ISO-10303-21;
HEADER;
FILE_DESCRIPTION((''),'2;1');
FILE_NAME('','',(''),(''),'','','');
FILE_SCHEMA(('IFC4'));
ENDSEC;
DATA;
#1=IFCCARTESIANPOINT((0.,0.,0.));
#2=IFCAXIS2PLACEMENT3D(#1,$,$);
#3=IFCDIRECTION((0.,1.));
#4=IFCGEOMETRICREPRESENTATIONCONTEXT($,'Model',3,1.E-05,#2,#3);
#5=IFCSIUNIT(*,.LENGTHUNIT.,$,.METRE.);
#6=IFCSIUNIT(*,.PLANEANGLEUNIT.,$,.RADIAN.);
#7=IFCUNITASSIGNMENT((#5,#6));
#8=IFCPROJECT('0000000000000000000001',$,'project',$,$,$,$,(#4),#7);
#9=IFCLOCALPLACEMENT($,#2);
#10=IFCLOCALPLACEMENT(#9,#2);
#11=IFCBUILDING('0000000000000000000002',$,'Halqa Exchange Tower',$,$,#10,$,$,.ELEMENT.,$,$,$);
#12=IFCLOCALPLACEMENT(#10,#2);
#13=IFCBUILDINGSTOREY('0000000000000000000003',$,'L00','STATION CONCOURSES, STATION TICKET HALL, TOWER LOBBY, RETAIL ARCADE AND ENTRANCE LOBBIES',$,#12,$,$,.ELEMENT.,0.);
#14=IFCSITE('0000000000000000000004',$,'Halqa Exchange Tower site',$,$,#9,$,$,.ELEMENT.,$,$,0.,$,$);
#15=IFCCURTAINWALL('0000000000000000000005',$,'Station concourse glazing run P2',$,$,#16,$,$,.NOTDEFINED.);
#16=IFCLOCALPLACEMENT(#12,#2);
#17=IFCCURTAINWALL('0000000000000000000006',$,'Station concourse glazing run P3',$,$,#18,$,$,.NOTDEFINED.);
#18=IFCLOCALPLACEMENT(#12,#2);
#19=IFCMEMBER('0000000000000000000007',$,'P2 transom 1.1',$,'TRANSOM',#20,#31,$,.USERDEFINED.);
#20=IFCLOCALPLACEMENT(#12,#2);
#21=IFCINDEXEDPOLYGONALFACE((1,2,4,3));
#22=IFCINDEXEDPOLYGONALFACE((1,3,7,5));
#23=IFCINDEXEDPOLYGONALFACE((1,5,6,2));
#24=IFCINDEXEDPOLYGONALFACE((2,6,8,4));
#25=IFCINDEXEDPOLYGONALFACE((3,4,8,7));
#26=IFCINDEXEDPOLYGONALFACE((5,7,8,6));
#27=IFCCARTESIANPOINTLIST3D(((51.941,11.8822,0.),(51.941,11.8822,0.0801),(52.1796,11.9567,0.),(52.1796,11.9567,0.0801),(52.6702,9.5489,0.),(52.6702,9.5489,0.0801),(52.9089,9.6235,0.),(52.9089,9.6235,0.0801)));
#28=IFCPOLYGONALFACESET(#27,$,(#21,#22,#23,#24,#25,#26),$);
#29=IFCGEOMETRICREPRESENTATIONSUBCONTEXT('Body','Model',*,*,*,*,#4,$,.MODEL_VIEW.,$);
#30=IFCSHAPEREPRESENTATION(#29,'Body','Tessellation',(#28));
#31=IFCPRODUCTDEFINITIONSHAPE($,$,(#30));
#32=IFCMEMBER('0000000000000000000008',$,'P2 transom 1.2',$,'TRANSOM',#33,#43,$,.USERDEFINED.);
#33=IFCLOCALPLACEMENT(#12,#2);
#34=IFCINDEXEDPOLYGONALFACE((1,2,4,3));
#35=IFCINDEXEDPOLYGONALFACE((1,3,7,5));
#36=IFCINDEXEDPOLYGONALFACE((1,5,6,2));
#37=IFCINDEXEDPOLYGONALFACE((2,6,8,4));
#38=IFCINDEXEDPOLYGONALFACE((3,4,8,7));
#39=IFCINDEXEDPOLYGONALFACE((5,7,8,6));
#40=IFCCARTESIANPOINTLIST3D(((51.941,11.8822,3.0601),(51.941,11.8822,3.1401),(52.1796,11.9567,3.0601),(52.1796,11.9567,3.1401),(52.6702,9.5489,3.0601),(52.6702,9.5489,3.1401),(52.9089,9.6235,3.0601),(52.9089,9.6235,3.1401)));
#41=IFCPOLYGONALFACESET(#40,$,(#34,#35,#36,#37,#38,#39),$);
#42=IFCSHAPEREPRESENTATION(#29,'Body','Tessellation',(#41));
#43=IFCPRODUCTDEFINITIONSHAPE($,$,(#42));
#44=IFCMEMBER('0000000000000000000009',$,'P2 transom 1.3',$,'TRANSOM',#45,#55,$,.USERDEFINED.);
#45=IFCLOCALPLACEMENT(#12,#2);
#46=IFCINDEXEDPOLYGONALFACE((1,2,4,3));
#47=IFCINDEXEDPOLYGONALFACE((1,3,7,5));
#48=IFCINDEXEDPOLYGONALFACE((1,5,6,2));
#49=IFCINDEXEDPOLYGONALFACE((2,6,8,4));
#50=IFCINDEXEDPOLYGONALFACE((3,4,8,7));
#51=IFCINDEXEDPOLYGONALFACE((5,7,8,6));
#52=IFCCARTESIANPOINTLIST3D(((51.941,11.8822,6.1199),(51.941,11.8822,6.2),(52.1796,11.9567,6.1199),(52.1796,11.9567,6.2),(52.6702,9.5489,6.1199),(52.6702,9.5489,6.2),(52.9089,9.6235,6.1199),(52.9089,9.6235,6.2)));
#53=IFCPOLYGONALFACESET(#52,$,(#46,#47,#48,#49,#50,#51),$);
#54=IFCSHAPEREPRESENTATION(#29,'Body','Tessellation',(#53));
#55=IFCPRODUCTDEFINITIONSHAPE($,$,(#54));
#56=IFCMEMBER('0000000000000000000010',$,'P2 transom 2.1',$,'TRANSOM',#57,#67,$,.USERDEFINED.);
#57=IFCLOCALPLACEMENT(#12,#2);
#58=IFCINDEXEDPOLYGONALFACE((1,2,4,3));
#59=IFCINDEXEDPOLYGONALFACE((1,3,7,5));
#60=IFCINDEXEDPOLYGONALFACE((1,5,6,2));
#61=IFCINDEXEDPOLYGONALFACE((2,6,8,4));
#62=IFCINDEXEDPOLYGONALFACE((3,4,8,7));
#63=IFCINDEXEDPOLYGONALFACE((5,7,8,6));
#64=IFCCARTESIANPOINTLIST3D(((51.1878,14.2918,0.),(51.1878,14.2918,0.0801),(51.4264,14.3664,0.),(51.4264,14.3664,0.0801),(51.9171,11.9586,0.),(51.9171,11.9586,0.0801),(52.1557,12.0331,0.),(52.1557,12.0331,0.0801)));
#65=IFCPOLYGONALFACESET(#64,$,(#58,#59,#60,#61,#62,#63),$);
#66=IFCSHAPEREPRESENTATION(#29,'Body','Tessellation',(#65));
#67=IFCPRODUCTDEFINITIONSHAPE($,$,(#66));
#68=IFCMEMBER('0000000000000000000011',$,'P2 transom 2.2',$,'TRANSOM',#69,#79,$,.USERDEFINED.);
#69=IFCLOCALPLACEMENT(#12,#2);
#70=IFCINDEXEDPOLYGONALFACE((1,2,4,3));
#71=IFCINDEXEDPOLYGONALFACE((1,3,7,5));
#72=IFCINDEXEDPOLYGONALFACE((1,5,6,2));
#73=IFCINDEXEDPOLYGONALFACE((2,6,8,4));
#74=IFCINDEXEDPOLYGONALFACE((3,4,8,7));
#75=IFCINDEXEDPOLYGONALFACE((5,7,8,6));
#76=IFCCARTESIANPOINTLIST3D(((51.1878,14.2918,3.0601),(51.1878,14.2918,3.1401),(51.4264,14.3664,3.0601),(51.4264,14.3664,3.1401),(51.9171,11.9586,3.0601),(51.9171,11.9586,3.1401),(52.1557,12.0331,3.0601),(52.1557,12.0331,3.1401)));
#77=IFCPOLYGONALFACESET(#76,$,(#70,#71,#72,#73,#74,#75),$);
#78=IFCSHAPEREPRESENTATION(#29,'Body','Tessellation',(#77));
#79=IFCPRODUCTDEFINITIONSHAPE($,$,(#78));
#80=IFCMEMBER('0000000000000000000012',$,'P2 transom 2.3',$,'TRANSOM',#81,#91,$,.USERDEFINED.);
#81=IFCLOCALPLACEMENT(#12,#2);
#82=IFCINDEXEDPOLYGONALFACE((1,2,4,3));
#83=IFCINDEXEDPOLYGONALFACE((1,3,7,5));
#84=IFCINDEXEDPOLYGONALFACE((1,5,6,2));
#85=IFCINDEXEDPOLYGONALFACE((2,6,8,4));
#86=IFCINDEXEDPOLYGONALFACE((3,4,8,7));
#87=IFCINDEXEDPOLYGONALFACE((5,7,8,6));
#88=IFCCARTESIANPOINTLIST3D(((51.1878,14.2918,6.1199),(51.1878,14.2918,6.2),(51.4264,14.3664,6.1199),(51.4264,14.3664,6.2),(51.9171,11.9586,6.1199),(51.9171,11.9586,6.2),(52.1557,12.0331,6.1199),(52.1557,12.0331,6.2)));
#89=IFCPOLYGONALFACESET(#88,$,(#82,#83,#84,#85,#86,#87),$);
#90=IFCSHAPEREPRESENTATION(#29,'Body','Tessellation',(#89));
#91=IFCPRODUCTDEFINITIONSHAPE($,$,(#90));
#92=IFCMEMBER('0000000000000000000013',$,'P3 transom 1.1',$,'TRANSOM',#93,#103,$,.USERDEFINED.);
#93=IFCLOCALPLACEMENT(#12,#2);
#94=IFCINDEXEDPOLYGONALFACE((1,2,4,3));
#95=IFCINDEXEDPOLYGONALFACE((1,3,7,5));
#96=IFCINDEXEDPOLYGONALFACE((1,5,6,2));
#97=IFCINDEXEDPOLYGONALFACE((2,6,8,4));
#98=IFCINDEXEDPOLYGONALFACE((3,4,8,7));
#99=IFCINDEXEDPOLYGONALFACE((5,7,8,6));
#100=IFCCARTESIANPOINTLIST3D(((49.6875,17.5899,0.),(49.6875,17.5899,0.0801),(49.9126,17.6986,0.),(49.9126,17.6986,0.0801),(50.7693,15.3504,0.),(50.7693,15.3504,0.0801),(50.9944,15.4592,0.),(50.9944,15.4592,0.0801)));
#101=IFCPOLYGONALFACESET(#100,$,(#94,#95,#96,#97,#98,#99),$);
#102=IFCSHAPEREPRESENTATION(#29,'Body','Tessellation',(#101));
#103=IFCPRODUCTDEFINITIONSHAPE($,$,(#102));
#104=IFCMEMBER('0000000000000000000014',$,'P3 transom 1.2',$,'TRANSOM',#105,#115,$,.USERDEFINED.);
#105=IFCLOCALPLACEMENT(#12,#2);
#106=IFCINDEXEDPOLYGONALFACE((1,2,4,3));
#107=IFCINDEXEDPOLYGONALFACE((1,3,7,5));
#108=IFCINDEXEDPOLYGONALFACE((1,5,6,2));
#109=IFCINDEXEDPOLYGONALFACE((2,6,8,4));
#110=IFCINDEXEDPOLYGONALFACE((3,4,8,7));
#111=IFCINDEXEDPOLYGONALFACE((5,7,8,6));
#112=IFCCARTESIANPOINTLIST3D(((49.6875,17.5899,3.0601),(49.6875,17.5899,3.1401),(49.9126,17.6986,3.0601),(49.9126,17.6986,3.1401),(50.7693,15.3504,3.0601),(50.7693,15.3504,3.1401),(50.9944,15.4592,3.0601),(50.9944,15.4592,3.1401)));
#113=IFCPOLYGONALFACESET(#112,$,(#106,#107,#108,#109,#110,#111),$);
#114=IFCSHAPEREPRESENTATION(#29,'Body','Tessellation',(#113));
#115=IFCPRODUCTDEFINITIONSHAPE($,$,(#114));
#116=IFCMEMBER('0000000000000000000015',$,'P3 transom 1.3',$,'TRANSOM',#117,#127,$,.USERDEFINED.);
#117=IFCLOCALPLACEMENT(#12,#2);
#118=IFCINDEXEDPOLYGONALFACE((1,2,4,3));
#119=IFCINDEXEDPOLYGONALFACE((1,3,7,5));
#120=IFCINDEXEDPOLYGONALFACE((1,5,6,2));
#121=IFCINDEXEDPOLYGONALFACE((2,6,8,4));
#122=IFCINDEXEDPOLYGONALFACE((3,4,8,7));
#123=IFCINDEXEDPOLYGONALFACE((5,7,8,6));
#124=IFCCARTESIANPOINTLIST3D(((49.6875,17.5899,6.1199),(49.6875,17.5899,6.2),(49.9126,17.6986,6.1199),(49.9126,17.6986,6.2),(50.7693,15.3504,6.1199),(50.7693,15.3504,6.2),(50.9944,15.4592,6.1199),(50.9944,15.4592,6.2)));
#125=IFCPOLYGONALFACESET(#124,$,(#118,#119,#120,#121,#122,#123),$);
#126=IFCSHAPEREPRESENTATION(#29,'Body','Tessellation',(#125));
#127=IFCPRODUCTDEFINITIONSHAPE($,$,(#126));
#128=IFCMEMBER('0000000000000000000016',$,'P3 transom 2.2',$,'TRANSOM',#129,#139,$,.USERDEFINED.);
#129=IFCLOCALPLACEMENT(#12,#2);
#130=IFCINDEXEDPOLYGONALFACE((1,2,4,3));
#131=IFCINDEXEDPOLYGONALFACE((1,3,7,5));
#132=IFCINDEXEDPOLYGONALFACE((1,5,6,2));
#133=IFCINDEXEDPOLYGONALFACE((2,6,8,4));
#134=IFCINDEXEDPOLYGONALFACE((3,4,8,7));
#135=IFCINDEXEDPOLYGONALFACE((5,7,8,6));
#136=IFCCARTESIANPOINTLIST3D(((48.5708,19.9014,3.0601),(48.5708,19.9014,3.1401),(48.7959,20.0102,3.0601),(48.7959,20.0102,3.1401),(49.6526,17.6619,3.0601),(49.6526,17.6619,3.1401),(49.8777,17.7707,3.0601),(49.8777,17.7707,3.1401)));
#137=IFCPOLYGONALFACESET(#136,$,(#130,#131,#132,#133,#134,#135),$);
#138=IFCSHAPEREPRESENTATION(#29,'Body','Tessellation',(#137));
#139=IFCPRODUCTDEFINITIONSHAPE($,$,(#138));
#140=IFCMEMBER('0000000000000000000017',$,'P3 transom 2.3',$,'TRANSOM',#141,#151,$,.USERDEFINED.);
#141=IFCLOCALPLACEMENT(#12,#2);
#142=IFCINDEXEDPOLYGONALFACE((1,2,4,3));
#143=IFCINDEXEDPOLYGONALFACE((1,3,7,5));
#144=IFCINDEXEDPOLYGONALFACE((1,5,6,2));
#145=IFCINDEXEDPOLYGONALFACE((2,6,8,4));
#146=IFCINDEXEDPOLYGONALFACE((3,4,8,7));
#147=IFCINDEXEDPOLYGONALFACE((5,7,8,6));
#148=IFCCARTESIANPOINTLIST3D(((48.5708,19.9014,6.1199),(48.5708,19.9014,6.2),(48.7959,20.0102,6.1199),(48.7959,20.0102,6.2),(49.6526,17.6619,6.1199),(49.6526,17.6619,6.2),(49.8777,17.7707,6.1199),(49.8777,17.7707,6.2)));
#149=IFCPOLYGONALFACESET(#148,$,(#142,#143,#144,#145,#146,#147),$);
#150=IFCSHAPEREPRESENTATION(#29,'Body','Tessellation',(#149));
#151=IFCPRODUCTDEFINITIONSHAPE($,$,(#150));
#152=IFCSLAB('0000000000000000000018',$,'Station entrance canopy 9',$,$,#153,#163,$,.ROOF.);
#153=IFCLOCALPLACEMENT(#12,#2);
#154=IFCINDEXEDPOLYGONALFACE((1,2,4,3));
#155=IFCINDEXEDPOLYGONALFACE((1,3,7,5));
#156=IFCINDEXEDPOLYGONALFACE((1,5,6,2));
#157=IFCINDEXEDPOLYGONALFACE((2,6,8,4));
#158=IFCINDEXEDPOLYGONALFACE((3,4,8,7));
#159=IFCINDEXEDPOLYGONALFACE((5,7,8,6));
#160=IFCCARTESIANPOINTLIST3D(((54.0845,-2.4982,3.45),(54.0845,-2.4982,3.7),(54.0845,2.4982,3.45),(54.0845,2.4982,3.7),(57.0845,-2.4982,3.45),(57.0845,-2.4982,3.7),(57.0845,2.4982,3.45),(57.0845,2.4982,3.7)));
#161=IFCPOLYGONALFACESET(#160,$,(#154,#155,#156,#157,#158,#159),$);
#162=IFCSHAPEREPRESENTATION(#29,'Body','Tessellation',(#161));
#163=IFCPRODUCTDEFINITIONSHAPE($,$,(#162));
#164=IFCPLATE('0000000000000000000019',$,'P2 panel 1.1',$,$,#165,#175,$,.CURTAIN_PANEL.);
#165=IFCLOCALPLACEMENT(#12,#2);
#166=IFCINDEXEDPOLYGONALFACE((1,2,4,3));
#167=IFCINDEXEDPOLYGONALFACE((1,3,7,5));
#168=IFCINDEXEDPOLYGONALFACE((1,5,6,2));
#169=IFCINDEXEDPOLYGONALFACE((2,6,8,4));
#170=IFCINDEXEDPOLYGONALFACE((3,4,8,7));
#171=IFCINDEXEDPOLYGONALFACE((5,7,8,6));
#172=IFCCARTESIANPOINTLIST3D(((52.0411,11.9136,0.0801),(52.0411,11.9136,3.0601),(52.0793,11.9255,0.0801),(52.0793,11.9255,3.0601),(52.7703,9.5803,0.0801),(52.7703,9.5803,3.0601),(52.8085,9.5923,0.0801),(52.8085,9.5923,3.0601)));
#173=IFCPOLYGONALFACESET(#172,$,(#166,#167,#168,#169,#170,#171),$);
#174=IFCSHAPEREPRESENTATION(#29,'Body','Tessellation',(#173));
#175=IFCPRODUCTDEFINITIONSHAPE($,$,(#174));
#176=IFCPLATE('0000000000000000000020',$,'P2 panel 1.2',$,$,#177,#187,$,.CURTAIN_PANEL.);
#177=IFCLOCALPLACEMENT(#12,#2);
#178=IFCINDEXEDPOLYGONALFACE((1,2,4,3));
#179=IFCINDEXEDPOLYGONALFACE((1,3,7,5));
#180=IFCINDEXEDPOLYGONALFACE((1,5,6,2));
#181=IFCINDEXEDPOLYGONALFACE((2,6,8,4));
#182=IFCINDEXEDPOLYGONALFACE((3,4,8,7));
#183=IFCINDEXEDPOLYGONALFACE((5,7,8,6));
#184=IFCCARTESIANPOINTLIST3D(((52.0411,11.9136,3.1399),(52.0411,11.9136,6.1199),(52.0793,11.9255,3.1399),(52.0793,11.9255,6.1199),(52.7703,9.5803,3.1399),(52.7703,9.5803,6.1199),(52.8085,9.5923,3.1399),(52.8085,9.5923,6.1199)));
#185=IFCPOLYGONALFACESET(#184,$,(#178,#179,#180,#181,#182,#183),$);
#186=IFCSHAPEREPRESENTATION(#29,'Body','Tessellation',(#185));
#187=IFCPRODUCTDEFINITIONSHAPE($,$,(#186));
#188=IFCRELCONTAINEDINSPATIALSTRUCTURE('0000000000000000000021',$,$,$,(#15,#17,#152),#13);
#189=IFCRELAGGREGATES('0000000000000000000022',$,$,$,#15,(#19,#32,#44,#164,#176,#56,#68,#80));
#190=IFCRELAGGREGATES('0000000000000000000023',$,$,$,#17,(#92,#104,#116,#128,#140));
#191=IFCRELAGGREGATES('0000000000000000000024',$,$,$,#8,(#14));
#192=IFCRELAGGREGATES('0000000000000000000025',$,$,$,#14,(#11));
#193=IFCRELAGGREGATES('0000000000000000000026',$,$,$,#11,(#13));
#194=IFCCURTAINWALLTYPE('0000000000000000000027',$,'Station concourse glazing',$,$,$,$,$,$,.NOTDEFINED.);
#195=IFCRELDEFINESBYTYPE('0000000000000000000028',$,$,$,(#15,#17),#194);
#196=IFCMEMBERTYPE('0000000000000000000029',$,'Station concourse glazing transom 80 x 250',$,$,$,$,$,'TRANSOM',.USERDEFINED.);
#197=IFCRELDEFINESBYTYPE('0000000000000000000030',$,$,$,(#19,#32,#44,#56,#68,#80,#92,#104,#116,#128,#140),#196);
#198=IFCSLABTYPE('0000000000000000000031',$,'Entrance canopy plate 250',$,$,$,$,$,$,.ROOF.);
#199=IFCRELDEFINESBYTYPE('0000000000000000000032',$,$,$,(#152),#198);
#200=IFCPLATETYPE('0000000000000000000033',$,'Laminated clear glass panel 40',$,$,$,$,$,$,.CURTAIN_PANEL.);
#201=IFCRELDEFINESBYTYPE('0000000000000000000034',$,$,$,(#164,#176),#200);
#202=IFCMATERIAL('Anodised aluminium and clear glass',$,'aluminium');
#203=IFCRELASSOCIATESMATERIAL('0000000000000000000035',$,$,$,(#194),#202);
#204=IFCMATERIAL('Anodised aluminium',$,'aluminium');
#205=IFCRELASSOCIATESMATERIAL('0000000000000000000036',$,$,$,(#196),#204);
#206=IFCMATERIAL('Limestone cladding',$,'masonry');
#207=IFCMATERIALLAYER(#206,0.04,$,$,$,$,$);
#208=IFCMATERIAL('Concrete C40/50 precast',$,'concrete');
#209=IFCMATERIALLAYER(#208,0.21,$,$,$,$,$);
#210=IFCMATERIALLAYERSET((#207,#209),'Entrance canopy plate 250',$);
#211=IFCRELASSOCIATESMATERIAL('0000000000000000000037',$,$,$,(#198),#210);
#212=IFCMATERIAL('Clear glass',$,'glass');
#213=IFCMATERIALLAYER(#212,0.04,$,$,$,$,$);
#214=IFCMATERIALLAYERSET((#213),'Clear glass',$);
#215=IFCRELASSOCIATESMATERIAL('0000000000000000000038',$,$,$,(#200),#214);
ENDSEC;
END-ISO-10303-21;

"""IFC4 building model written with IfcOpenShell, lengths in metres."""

from ifc_helpers import new_model, si_unit, direction, frame, origin, origin_2d, place, context, subcontext, project, spatial, rectangle, extrude, material, layer, layer_set, material_profile, profile_set, type_object, element, aggregate, save


model = new_model("IFC4")

# Units and contexts
model_context = context("Model", 3, precision=1e-05, world=origin(), true_north=direction((0.0, 1.0)))
body_context = subcontext(model_context, "Body", "Model", "MODEL_VIEW")
ifc_project = project(units=[si_unit("LENGTHUNIT", "METRE"), si_unit("PLANEANGLEUNIT", "RADIAN")], contexts=[model_context])

# Site, building, storey
site_placement = place(None, origin())
site = spatial("IfcSite", under=ifc_project, at=site_placement, Name="Halqa Exchange Tower site", CompositionType="ELEMENT", RefElevation=0.0)
building_placement = place(site_placement, origin())
building = spatial("IfcBuilding", under=site, at=building_placement, Name="Halqa Exchange Tower", CompositionType="ELEMENT")
storey_placement = place(building_placement, origin())
storey = spatial("IfcBuildingStorey", under=building, at=storey_placement, Name="L00", Description="STATION CONCOURSES, STATION TICKET HALL, TOWER LOBBY, RETAIL ARCADE AND ENTRANCE LOBBIES", CompositionType="ELEMENT", Elevation=0.0)

# Curtain walls
ifc_material_1 = material(Name="Anodised aluminium and clear glass", Category="aluminium")
curtain_wall_type = type_object("IfcCurtainWallType", Name="Station concourse glazing", PredefinedType="NOTDEFINED", material=ifc_material_1)
curtain_wall_1_placement = place(storey_placement, origin())
curtain_wall_1 = element("IfcCurtainWall", 1, at=curtain_wall_1_placement, inside=storey, type_object=curtain_wall_type, Name="Station concourse glazing run P2", PredefinedType="NOTDEFINED")
ifc_material_2 = material(Name="Anodised aluminium", Category="aluminium")
curtain_wall_2_placement = place(storey_placement, origin())
curtain_wall_2 = element("IfcCurtainWall", 2, at=curtain_wall_2_placement, inside=storey, type_object=curtain_wall_type, Name="Station concourse glazing run P3", PredefinedType="NOTDEFINED")

# Members
ifc_material_profile_1 = material_profile(ifc_material_2, rectangle(XDim=0.25, YDim=0.0801, at=origin_2d()), Name="AL 80x250")
ifc_profile_set_1 = profile_set([ifc_material_profile_1], Name="Anodised aluminium")
member_type_1 = type_object("IfcMemberType", Name="Station concourse glazing transom 80 x 250", ElementType="TRANSOM", PredefinedType="USERDEFINED", material=ifc_profile_set_1)
member_1_placement = place(storey_placement, frame((52.7896, 9.5862, 0.04), z_axis=(-0.298315, 0.954468, 0.0), x_axis=(-0.954468, -0.298315, 0.0)))
member_1 = element("IfcMember", 3, at=member_1_placement, type_object=member_type_1, Name="P2 transom 1.1", ObjectType="TRANSOM", PredefinedType="USERDEFINED", context=body_context, shape_type="SweptSolid", body=[
    extrude(rectangle(XDim=0.25, YDim=0.0801, at=origin_2d()), origin(), (0.0, 0.0, 1.0), 2.4446),
])
member_2_placement = place(storey_placement, frame((52.7896, 9.5862, 3.1001), z_axis=(-0.298315, 0.954468, 0.0), x_axis=(-0.954468, -0.298315, 0.0)))
member_2 = element("IfcMember", 4, at=member_2_placement, type_object=member_type_1, Name="P2 transom 1.2", ObjectType="TRANSOM", PredefinedType="USERDEFINED", context=body_context, shape_type="SweptSolid", body=[
    extrude(rectangle(XDim=0.25, YDim=0.0801, at=origin_2d()), origin(), (0.0, 0.0, 1.0), 2.4446),
])
member_3_placement = place(storey_placement, frame((52.7896, 9.5862, 6.1599), z_axis=(-0.298315, 0.954468, 0.0), x_axis=(-0.954468, -0.298315, 0.0)))
member_3 = element("IfcMember", 5, at=member_3_placement, type_object=member_type_1, Name="P2 transom 1.3", ObjectType="TRANSOM", PredefinedType="USERDEFINED", context=body_context, shape_type="SweptSolid", body=[
    extrude(rectangle(XDim=0.25, YDim=0.0801, at=origin_2d()), origin(), (0.0, 0.0, 1.0), 2.4446),
])
member_4_placement = place(storey_placement, frame((52.0364, 11.9958, 0.04), z_axis=(-0.298315, 0.954468, 0.0), x_axis=(-0.954468, -0.298315, 0.0)))
member_4 = element("IfcMember", 6, at=member_4_placement, type_object=member_type_1, Name="P2 transom 2.1", ObjectType="TRANSOM", PredefinedType="USERDEFINED", context=body_context, shape_type="SweptSolid", body=[
    extrude(rectangle(XDim=0.25, YDim=0.0801, at=origin_2d()), origin(), (0.0, 0.0, 1.0), 2.4446),
])
member_5_placement = place(storey_placement, frame((52.0364, 11.9958, 3.1001), z_axis=(-0.298315, 0.954468, 0.0), x_axis=(-0.954468, -0.298315, 0.0)))
member_5 = element("IfcMember", 7, at=member_5_placement, type_object=member_type_1, Name="P2 transom 2.2", ObjectType="TRANSOM", PredefinedType="USERDEFINED", context=body_context, shape_type="SweptSolid", body=[
    extrude(rectangle(XDim=0.25, YDim=0.0801, at=origin_2d()), origin(), (0.0, 0.0, 1.0), 2.4446),
])
member_6_placement = place(storey_placement, frame((52.0364, 11.9958, 6.1599), z_axis=(-0.298315, 0.954468, 0.0), x_axis=(-0.954468, -0.298315, 0.0)))
member_6 = element("IfcMember", 8, at=member_6_placement, type_object=member_type_1, Name="P2 transom 2.3", ObjectType="TRANSOM", PredefinedType="USERDEFINED", context=body_context, shape_type="SweptSolid", body=[
    extrude(rectangle(XDim=0.25, YDim=0.0801, at=origin_2d()), origin(), (0.0, 0.0, 1.0), 2.4446),
])
member_7_placement = place(storey_placement, frame((50.8818, 15.4048, 0.04), z_axis=(-0.43496, 0.90045, 0.0), x_axis=(-0.90045, -0.43496, 0.0)))
member_7 = element("IfcMember", 9, at=member_7_placement, type_object=member_type_1, Name="P3 transom 1.1", ObjectType="TRANSOM", PredefinedType="USERDEFINED", context=body_context, shape_type="SweptSolid", body=[
    extrude(rectangle(XDim=0.25, YDim=0.0801, at=origin_2d()), origin(), (0.0, 0.0, 1.0), 2.4871),
])
member_8_placement = place(storey_placement, frame((50.8818, 15.4048, 3.1001), z_axis=(-0.43496, 0.90045, 0.0), x_axis=(-0.90045, -0.43496, 0.0)))
member_8 = element("IfcMember", 10, at=member_8_placement, type_object=member_type_1, Name="P3 transom 1.2", ObjectType="TRANSOM", PredefinedType="USERDEFINED", context=body_context, shape_type="SweptSolid", body=[
    extrude(rectangle(XDim=0.25, YDim=0.0801, at=origin_2d()), origin(), (0.0, 0.0, 1.0), 2.4871),
])
member_9_placement = place(storey_placement, frame((50.8818, 15.4048, 6.1599), z_axis=(-0.43496, 0.90045, 0.0), x_axis=(-0.90045, -0.43496, 0.0)))
member_9 = element("IfcMember", 11, at=member_9_placement, type_object=member_type_1, Name="P3 transom 1.3", ObjectType="TRANSOM", PredefinedType="USERDEFINED", context=body_context, shape_type="SweptSolid", body=[
    extrude(rectangle(XDim=0.25, YDim=0.0801, at=origin_2d()), origin(), (0.0, 0.0, 1.0), 2.4871),
])
member_10_placement = place(storey_placement, frame((49.7651, 17.7163, 3.1001), z_axis=(-0.43496, 0.90045, 0.0), x_axis=(-0.90045, -0.43496, 0.0)))
member_10 = element("IfcMember", 12, at=member_10_placement, type_object=member_type_1, Name="P3 transom 2.2", ObjectType="TRANSOM", PredefinedType="USERDEFINED", context=body_context, shape_type="SweptSolid", body=[
    extrude(rectangle(XDim=0.25, YDim=0.0801, at=origin_2d()), origin(), (0.0, 0.0, 1.0), 2.4871),
])
member_11_placement = place(storey_placement, frame((49.7651, 17.7163, 6.1599), z_axis=(-0.43496, 0.90045, 0.0), x_axis=(-0.90045, -0.43496, 0.0)))
member_11 = element("IfcMember", 13, at=member_11_placement, type_object=member_type_1, Name="P3 transom 2.3", ObjectType="TRANSOM", PredefinedType="USERDEFINED", context=body_context, shape_type="SweptSolid", body=[
    extrude(rectangle(XDim=0.25, YDim=0.0801, at=origin_2d()), origin(), (0.0, 0.0, 1.0), 2.4871),
])

# Slab
ifc_material_3 = material(Name="Limestone cladding", Category="masonry")
ifc_layer_1 = layer(ifc_material_3, 0.04)
ifc_material_4 = material(Name="Concrete C40/50 precast", Category="concrete")
ifc_layer_2 = layer(ifc_material_4, 0.21)
ifc_layer_set_1 = layer_set([ifc_layer_1, ifc_layer_2], Name="Entrance canopy plate 250")
slab_type = type_object("IfcSlabType", Name="Entrance canopy plate 250", PredefinedType="ROOF", material=ifc_layer_set_1)
slab_placement = place(storey_placement, frame((55.5845, 0.0, 3.45), z_axis=(0.0, 0.0, 1.0), x_axis=(0.0, 1.0, 0.0)))
element("IfcSlab", 14, at=slab_placement, inside=storey, type_object=slab_type, Name="Station entrance canopy 9", PredefinedType="ROOF", context=body_context, shape_type="SweptSolid", body=[
    extrude(rectangle(XDim=4.9963, YDim=3.0, at=origin_2d()), origin(), (0.0, 0.0, 1.0), 0.25),
])

# Plates
ifc_material_5 = material(Name="Clear glass", Category="glass")
ifc_layer_3 = layer(ifc_material_5, 0.04)
ifc_layer_set_2 = layer_set([ifc_layer_3], Name="Clear glass")
plate_type = type_object("IfcPlateType", Name="Laminated clear glass panel 40", PredefinedType="CURTAIN_PANEL", material=ifc_layer_set_2)
plate_1_placement = place(storey_placement, frame((52.4248, 10.7529, 0.0801), z_axis=(0.0, 0.0, 1.0), x_axis=(-0.298303, 0.954471, 0.0)))
plate_1 = element("IfcPlate", 15, at=plate_1_placement, type_object=plate_type, Name="P2 panel 1.1", PredefinedType="CURTAIN_PANEL", context=body_context, shape_type="SweptSolid", body=[
    extrude(rectangle(XDim=2.4446, YDim=0.04, at=origin_2d()), origin(), (0.0, 0.0, 1.0), 2.98),
])
plate_2_placement = place(storey_placement, frame((52.4248, 10.7529, 3.1399), z_axis=(0.0, 0.0, 1.0), x_axis=(-0.298303, 0.954471, 0.0)))
plate_2 = element("IfcPlate", 16, at=plate_2_placement, type_object=plate_type, Name="P2 panel 1.2", PredefinedType="CURTAIN_PANEL", context=body_context, shape_type="SweptSolid", body=[
    extrude(rectangle(XDim=2.4446, YDim=0.04, at=origin_2d()), origin(), (0.0, 0.0, 1.0), 2.98),
])
aggregate(curtain_wall_1, [member_1, member_2, member_3, plate_1, plate_2, member_4, member_5, member_6])
aggregate(curtain_wall_2, [member_7, member_8, member_9, member_10, member_11])

save(model, "model.ifc")
